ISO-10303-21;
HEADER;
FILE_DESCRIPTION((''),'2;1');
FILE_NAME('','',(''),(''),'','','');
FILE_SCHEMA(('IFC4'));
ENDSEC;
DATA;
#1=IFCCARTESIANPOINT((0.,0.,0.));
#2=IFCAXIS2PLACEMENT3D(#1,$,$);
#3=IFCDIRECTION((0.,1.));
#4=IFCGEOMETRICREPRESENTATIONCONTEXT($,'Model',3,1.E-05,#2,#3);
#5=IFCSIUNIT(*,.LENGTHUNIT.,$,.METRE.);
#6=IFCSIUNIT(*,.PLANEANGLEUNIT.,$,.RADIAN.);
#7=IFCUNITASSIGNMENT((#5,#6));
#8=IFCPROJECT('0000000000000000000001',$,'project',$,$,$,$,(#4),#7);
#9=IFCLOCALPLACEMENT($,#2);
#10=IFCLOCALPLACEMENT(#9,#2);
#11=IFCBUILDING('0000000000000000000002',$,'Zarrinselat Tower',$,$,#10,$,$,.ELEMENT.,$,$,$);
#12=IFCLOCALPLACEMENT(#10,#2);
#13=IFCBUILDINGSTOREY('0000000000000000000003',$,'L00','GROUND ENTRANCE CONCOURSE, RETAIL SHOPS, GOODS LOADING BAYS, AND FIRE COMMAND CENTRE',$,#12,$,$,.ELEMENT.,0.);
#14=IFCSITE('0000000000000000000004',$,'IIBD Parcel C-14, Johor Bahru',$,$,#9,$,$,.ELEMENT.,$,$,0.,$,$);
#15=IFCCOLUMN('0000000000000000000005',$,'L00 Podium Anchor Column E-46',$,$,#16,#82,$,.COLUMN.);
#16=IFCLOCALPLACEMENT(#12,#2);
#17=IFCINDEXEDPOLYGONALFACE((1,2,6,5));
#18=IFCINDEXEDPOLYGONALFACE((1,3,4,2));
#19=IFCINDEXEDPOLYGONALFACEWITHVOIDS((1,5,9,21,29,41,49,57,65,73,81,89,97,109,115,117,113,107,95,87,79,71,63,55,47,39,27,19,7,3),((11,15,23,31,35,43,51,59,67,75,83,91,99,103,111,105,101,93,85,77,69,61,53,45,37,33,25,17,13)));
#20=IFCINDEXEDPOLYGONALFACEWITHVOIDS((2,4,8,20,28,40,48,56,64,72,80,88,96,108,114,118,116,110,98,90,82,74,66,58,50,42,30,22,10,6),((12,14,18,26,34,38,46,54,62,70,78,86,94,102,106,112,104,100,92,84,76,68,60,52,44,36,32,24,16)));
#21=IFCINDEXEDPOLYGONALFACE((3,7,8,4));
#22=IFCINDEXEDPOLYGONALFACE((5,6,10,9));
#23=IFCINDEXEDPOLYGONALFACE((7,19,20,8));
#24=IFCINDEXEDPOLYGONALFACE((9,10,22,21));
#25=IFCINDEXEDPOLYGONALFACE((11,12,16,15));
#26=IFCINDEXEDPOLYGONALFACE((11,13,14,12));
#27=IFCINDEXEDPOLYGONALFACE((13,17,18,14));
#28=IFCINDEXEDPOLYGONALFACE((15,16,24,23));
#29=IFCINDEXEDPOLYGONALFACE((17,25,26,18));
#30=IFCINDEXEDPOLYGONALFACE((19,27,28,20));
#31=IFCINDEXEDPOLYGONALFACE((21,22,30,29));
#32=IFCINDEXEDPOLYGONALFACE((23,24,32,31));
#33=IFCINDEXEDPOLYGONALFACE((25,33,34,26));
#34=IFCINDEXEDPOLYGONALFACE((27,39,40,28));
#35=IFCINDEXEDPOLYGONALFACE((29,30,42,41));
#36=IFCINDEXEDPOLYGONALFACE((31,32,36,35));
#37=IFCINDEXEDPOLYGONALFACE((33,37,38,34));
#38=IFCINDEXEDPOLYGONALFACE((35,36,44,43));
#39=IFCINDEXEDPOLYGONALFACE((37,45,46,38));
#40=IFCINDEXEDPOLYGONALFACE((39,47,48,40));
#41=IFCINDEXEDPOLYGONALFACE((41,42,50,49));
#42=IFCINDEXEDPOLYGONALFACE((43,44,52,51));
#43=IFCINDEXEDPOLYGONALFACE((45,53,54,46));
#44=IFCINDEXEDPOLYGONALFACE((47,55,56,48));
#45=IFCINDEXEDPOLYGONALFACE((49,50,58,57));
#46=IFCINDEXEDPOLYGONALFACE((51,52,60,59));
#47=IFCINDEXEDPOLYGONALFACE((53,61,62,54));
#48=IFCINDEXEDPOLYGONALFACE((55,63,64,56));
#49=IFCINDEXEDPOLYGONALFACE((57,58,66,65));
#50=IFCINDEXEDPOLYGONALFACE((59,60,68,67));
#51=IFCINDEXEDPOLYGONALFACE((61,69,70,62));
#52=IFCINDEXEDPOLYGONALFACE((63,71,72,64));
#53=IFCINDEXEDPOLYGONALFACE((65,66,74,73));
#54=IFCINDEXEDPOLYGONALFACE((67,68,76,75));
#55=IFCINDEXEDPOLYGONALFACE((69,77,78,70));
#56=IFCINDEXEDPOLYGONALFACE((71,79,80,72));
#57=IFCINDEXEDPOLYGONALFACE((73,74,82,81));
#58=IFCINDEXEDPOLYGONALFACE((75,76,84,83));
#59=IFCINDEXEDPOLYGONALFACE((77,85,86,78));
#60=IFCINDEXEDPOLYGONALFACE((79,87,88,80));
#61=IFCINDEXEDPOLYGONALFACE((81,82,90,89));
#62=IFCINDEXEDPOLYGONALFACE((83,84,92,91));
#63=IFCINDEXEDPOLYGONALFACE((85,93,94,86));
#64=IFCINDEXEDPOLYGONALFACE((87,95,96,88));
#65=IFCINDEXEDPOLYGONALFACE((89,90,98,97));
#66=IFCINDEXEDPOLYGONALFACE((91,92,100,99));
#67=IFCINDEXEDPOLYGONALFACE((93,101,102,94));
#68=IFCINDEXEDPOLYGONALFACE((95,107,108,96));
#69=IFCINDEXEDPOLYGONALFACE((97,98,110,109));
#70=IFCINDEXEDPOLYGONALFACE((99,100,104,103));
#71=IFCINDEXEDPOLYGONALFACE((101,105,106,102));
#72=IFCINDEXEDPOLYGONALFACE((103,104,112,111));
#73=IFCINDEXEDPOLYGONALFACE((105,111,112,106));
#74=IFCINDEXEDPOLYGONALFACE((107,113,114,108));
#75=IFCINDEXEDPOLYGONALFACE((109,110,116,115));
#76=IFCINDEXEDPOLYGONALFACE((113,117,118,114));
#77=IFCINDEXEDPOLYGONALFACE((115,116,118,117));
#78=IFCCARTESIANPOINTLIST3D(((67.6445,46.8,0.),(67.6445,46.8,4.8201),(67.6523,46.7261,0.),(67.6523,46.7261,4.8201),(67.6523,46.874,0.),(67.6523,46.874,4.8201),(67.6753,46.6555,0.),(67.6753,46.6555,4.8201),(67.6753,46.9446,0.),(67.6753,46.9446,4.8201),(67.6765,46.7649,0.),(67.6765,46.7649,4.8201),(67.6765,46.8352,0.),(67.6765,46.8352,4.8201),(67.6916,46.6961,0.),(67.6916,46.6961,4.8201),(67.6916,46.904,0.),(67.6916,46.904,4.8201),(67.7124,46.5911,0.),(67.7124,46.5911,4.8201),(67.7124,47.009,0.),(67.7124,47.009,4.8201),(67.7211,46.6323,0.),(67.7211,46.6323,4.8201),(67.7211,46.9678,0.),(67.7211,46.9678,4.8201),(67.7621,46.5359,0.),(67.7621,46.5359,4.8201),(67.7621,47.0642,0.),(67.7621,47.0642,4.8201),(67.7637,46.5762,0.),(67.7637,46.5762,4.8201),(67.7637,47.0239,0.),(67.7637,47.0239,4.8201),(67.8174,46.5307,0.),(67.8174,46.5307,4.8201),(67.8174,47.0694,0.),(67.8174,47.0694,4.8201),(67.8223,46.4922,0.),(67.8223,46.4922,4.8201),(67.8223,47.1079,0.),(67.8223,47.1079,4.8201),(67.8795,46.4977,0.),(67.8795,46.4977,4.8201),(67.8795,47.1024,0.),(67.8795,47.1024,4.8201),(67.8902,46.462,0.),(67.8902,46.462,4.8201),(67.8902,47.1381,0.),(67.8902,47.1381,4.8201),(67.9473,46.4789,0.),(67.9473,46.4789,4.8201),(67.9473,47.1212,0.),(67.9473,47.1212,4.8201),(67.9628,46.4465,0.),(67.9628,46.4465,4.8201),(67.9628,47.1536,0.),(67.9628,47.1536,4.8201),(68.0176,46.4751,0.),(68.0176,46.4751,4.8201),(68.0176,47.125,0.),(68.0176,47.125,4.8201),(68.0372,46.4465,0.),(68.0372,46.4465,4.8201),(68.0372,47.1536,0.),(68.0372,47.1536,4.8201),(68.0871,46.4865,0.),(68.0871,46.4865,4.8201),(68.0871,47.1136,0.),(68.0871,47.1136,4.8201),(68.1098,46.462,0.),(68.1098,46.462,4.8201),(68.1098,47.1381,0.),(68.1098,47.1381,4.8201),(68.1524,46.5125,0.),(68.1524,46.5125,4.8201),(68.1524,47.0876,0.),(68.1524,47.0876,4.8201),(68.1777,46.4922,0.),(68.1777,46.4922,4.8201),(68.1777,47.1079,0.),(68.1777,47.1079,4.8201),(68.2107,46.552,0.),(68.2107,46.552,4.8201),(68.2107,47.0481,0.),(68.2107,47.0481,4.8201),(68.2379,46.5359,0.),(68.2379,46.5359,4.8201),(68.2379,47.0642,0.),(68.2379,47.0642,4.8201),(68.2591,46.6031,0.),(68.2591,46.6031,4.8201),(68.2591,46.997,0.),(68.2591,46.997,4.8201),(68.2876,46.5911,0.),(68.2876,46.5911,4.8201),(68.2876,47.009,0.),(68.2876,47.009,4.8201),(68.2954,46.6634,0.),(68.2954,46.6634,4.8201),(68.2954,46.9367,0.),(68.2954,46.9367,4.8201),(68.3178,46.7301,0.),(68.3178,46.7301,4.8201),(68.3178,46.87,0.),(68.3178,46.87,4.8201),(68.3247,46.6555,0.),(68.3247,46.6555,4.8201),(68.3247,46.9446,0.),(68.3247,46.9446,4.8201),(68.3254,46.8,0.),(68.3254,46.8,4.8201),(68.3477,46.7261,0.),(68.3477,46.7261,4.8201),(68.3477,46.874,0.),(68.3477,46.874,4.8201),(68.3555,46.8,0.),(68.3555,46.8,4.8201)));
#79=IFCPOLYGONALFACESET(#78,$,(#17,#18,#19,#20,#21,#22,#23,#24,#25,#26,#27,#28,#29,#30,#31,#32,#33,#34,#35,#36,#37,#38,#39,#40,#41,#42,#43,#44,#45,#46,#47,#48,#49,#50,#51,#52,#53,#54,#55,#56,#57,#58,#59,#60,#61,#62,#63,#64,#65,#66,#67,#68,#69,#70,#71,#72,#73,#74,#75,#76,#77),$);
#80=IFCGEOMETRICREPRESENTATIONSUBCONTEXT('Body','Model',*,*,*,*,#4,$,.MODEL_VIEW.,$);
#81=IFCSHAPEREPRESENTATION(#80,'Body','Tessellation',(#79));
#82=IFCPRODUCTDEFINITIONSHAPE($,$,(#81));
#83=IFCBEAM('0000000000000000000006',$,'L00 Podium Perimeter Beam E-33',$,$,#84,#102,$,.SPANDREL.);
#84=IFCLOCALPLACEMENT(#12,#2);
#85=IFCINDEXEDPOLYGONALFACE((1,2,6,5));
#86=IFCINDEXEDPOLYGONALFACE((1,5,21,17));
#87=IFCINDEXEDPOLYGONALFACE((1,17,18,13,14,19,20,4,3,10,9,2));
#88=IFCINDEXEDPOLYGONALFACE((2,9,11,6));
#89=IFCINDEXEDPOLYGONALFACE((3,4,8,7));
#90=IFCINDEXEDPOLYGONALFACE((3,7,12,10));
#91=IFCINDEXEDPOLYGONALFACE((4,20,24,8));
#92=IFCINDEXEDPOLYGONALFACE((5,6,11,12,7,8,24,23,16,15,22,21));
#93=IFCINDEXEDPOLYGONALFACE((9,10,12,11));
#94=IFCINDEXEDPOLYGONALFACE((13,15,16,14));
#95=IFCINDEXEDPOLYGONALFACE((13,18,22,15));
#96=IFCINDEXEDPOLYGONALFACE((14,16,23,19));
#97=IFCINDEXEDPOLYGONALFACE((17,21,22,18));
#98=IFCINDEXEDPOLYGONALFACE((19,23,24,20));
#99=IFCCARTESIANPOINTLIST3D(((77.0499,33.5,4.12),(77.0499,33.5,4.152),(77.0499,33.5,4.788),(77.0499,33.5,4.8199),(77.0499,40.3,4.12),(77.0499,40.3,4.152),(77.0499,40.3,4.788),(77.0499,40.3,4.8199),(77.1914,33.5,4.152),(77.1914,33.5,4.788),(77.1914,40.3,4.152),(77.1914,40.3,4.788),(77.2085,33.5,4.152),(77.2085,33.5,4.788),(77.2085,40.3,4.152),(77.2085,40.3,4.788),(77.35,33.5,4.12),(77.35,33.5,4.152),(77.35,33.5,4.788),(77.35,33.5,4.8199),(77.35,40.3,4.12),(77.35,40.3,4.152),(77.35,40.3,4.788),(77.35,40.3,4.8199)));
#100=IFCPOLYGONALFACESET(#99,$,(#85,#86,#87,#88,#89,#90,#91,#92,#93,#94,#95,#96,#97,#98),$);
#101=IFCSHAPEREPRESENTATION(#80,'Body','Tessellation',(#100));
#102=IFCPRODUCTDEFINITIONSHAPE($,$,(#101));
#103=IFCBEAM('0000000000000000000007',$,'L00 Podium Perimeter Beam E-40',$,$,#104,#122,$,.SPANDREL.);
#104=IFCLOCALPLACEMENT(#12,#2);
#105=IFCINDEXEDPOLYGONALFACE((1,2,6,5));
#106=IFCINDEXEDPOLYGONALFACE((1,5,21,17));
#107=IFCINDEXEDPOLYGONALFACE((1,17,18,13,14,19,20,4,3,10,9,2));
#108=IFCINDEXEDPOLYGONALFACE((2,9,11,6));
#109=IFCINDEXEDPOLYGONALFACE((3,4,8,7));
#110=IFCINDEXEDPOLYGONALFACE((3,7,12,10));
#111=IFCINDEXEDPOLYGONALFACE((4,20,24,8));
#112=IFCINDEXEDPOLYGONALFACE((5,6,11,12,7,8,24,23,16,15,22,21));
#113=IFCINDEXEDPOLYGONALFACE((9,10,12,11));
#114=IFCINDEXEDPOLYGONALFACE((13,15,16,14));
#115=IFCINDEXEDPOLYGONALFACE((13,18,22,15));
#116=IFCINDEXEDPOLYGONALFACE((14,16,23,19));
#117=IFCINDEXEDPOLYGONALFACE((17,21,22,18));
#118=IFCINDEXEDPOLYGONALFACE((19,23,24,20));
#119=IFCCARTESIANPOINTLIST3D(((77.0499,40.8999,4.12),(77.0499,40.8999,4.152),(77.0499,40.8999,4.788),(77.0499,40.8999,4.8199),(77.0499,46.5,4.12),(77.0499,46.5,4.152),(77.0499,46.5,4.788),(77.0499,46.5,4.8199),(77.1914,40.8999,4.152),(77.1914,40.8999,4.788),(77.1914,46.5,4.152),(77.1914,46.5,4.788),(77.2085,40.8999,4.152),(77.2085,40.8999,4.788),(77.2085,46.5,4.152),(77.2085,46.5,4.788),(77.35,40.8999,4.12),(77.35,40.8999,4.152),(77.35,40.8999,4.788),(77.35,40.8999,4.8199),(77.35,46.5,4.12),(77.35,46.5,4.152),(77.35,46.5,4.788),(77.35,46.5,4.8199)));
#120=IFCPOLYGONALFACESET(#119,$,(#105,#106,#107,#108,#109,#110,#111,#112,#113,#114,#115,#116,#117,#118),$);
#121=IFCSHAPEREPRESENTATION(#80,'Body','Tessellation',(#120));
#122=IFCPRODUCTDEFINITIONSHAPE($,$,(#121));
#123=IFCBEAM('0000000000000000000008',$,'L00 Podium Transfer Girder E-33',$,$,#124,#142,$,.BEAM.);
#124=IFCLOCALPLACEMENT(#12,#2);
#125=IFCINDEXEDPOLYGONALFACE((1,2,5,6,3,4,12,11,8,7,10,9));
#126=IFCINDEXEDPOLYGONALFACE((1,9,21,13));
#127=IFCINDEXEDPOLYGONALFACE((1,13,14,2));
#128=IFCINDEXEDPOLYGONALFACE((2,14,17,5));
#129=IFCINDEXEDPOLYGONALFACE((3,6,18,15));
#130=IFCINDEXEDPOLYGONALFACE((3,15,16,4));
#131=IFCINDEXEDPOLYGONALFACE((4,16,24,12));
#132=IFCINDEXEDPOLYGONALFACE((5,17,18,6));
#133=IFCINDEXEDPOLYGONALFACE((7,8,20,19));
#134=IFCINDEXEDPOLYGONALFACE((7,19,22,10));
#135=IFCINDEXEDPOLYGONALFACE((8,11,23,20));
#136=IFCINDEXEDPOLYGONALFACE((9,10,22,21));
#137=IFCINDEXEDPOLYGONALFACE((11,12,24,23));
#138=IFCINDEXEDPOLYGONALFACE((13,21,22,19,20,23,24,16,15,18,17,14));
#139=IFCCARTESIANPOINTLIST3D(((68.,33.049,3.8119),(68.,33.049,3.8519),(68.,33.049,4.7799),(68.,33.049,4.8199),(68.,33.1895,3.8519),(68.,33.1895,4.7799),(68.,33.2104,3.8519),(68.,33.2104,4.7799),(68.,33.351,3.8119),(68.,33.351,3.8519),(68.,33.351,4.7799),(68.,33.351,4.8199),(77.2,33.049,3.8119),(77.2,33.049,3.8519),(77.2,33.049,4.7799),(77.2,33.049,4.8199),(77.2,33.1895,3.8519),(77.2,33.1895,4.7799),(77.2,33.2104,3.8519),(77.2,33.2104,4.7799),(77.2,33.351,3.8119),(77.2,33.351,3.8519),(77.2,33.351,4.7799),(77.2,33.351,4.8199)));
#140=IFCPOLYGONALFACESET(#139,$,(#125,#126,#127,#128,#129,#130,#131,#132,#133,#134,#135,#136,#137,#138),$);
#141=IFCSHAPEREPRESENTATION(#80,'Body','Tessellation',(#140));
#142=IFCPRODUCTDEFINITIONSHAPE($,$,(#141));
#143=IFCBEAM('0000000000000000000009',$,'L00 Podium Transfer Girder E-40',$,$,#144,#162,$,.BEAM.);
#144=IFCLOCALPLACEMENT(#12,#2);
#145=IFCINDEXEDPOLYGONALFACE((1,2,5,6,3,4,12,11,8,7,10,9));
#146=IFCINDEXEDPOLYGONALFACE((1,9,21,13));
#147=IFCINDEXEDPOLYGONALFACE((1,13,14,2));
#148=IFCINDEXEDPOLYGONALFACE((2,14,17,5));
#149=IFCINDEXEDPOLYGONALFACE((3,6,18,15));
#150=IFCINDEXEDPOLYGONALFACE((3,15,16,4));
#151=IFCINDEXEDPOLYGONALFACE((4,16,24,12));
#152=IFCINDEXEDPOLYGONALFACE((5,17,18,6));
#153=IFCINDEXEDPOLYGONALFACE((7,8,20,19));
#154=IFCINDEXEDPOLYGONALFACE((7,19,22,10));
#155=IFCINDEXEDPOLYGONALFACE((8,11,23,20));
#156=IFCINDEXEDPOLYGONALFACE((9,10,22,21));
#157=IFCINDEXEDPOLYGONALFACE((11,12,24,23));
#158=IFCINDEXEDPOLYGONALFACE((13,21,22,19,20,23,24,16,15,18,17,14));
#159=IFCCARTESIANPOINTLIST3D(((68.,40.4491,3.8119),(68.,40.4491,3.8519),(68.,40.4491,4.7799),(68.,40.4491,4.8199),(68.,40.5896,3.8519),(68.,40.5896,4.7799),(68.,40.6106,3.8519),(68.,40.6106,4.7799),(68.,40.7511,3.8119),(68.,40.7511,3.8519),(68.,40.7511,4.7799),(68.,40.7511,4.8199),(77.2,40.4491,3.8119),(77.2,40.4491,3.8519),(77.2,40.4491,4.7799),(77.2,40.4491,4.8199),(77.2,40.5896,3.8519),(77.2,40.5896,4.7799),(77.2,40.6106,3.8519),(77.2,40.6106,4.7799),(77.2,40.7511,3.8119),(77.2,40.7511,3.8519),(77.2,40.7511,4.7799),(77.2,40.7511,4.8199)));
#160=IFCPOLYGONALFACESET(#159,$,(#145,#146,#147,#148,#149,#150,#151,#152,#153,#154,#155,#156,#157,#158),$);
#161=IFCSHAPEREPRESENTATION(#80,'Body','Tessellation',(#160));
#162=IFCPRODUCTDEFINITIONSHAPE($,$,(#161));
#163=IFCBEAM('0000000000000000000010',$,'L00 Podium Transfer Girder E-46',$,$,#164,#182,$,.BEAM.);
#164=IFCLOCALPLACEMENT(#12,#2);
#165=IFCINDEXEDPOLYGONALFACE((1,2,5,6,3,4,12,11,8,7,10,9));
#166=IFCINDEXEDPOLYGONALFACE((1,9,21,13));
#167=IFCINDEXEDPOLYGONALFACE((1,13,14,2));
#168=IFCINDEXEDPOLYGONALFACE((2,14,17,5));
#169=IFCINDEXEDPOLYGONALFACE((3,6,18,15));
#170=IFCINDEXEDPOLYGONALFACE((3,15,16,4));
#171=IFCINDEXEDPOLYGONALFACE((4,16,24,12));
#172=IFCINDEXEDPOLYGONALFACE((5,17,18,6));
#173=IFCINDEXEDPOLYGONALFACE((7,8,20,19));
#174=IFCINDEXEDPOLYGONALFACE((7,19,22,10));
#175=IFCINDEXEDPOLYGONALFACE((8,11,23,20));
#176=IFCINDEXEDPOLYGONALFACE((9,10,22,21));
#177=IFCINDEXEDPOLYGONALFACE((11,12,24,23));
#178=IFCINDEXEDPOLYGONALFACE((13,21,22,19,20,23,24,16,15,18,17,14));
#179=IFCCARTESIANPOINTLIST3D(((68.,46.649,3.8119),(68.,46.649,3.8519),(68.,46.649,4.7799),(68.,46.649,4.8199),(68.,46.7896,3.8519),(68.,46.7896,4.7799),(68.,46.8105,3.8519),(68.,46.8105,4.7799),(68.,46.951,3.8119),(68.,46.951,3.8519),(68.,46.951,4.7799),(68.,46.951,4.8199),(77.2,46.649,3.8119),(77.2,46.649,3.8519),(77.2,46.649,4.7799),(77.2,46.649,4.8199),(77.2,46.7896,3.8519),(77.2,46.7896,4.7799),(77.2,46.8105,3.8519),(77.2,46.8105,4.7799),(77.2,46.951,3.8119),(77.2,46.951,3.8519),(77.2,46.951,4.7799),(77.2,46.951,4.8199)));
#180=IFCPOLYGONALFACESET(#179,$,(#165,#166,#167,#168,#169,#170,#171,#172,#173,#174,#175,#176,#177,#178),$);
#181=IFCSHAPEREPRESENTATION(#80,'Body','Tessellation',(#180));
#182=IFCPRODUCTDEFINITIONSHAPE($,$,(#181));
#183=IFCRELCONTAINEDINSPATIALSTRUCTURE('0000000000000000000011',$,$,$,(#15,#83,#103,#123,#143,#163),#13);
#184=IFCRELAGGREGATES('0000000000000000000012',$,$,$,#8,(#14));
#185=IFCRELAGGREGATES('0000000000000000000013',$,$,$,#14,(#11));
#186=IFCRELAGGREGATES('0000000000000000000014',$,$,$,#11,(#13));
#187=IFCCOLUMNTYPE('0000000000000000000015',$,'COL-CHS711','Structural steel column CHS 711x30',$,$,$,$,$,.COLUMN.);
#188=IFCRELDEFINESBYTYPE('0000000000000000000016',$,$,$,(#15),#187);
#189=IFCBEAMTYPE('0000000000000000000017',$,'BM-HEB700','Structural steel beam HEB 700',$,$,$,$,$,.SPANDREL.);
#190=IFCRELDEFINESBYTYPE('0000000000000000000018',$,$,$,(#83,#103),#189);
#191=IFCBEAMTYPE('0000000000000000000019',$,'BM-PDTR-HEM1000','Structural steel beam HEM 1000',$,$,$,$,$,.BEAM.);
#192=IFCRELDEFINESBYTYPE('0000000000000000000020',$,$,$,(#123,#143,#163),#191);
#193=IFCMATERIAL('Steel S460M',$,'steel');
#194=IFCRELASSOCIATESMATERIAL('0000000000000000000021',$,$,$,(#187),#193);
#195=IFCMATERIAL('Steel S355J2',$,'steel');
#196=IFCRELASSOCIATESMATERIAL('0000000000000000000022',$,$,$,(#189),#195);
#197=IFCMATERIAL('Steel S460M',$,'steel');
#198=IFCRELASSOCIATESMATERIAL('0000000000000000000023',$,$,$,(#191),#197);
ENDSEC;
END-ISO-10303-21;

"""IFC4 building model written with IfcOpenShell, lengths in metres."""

from ifc_helpers import new_model, si_unit, direction, frame, origin, origin_2d, place, context, subcontext, project, spatial, hollow_circle, i_section, extrude, material, material_profile, profile_set, type_object, element, save


model = new_model("IFC4")

# Units and contexts
model_context = context("Model", 3, precision=1e-05, world=origin(), true_north=direction((0.0, 1.0)))
body_context = subcontext(model_context, "Body", "Model", "MODEL_VIEW")
ifc_project = project(units=[si_unit("LENGTHUNIT", "METRE"), si_unit("PLANEANGLEUNIT", "RADIAN")], contexts=[model_context])

# Site, building, storey
site_placement = place(None, origin())
site = spatial("IfcSite", under=ifc_project, at=site_placement, Name="IIBD Parcel C-14, Johor Bahru", CompositionType="ELEMENT", RefElevation=0.0)
building_placement = place(site_placement, origin())
building = spatial("IfcBuilding", under=site, at=building_placement, Name="Zarrinselat Tower", CompositionType="ELEMENT")
storey_placement = place(building_placement, origin())
storey = spatial("IfcBuildingStorey", under=building, at=storey_placement, Name="L00", Description="GROUND ENTRANCE CONCOURSE, RETAIL SHOPS, GOODS LOADING BAYS, AND FIRE COMMAND CENTRE", CompositionType="ELEMENT", Elevation=0.0)

# Column
ifc_material_1 = material(Name="Steel S460M", Category="steel")
ifc_material_profile_1 = material_profile(ifc_material_1, hollow_circle(Radius=0.3555, WallThickness=0.03, at=origin_2d()), Name="CHS 711x30")
ifc_profile_set_1 = profile_set([ifc_material_profile_1], Name="Steel S460M")
column_type = type_object("IfcColumnType", Name="COL-CHS711", Description="Structural steel column CHS 711x30", PredefinedType="COLUMN", material=ifc_profile_set_1)
for number, where, z_axis, x_axis, name in (
    (1, (68.0, 46.8, 0.0), (0.0, 0.0, 1.0), (1.0, 0.0, 0.0), "L00 Podium Anchor Column E-46"),
):
    element("IfcColumn", number, at=place(storey_placement, frame(where, z_axis=z_axis, x_axis=x_axis)), inside=storey, type_object=column_type, Name=name, PredefinedType="COLUMN", context=body_context, shape_type="SweptSolid", body=[
        extrude(hollow_circle(Radius=0.3555, WallThickness=0.03, at=origin_2d()), origin(), (0.0, 0.0, 1.0), 4.8201),
    ])

# Beams
ifc_material_2 = material(Name="Steel S355J2", Category="steel")
ifc_material_profile_2 = material_profile(ifc_material_2, i_section(OverallWidth=0.3, OverallDepth=0.7, WebThickness=0.0171, FlangeThickness=0.032, at=origin_2d()), Name="HEB 700")
ifc_profile_set_2 = profile_set([ifc_material_profile_2], Name="Steel S355J2")
beam_type_1 = type_object("IfcBeamType", Name="BM-HEB700", Description="Structural steel beam HEB 700", PredefinedType="SPANDREL", material=ifc_profile_set_2)
beam_1_placement = place(storey_placement, frame((77.2, 33.5, 4.47), z_axis=(0.0, 1.0, 0.0), x_axis=(-1.0, 0.0, 0.0)))
element("IfcBeam", 2, at=beam_1_placement, inside=storey, type_object=beam_type_1, Name="L00 Podium Perimeter Beam E-33", PredefinedType="SPANDREL", context=body_context, shape_type="SweptSolid", body=[
    extrude(i_section(OverallWidth=0.3, OverallDepth=0.7, WebThickness=0.0171, FlangeThickness=0.032, at=origin_2d()), origin(), (0.0, 0.0, 1.0), 6.8),
])
beam_2_placement = place(storey_placement, frame((77.2, 40.8999, 4.47), z_axis=(0.0, 1.0, 0.0), x_axis=(-1.0, 0.0, 0.0)))
element("IfcBeam", 3, at=beam_2_placement, inside=storey, type_object=beam_type_1, Name="L00 Podium Perimeter Beam E-40", PredefinedType="SPANDREL", context=body_context, shape_type="SweptSolid", body=[
    extrude(i_section(OverallWidth=0.3, OverallDepth=0.7, WebThickness=0.0171, FlangeThickness=0.032, at=origin_2d()), origin(), (0.0, 0.0, 1.0), 5.6001),
])
ifc_material_3 = material(Name="Steel S460M", Category="steel")
ifc_material_profile_3 = material_profile(ifc_material_3, i_section(OverallWidth=0.302, OverallDepth=1.0081, WebThickness=0.021, FlangeThickness=0.04, at=origin_2d()), Name="HEM 1000")
ifc_profile_set_3 = profile_set([ifc_material_profile_3], Name="Steel S460M")
beam_type_2 = type_object("IfcBeamType", Name="BM-PDTR-HEM1000", Description="Structural steel beam HEM 1000", PredefinedType="BEAM", material=ifc_profile_set_3)
for number, where, z_axis, x_axis, name in (
    (4, (68.0, 33.2, 4.3159), (1.0, 0.0, 0.0), (0.0, 1.0, 0.0), "L00 Podium Transfer Girder E-33"),
    (5, (68.0, 40.6001, 4.3159), (1.0, 0.0, 0.0), (0.0, 1.0, 0.0), "L00 Podium Transfer Girder E-40"),
    (6, (68.0, 46.8, 4.3159), (1.0, 0.0, 0.0), (0.0, 1.0, 0.0), "L00 Podium Transfer Girder E-46"),
):
    element("IfcBeam", number, at=place(storey_placement, frame(where, z_axis=z_axis, x_axis=x_axis)), inside=storey, type_object=beam_type_2, Name=name, PredefinedType="BEAM", context=body_context, shape_type="SweptSolid", body=[
        extrude(i_section(OverallWidth=0.302, OverallDepth=1.0081, WebThickness=0.021, FlangeThickness=0.04, at=origin_2d()), origin(), (0.0, 0.0, 1.0), 9.2),
    ])

save(model, "model.ifc")
